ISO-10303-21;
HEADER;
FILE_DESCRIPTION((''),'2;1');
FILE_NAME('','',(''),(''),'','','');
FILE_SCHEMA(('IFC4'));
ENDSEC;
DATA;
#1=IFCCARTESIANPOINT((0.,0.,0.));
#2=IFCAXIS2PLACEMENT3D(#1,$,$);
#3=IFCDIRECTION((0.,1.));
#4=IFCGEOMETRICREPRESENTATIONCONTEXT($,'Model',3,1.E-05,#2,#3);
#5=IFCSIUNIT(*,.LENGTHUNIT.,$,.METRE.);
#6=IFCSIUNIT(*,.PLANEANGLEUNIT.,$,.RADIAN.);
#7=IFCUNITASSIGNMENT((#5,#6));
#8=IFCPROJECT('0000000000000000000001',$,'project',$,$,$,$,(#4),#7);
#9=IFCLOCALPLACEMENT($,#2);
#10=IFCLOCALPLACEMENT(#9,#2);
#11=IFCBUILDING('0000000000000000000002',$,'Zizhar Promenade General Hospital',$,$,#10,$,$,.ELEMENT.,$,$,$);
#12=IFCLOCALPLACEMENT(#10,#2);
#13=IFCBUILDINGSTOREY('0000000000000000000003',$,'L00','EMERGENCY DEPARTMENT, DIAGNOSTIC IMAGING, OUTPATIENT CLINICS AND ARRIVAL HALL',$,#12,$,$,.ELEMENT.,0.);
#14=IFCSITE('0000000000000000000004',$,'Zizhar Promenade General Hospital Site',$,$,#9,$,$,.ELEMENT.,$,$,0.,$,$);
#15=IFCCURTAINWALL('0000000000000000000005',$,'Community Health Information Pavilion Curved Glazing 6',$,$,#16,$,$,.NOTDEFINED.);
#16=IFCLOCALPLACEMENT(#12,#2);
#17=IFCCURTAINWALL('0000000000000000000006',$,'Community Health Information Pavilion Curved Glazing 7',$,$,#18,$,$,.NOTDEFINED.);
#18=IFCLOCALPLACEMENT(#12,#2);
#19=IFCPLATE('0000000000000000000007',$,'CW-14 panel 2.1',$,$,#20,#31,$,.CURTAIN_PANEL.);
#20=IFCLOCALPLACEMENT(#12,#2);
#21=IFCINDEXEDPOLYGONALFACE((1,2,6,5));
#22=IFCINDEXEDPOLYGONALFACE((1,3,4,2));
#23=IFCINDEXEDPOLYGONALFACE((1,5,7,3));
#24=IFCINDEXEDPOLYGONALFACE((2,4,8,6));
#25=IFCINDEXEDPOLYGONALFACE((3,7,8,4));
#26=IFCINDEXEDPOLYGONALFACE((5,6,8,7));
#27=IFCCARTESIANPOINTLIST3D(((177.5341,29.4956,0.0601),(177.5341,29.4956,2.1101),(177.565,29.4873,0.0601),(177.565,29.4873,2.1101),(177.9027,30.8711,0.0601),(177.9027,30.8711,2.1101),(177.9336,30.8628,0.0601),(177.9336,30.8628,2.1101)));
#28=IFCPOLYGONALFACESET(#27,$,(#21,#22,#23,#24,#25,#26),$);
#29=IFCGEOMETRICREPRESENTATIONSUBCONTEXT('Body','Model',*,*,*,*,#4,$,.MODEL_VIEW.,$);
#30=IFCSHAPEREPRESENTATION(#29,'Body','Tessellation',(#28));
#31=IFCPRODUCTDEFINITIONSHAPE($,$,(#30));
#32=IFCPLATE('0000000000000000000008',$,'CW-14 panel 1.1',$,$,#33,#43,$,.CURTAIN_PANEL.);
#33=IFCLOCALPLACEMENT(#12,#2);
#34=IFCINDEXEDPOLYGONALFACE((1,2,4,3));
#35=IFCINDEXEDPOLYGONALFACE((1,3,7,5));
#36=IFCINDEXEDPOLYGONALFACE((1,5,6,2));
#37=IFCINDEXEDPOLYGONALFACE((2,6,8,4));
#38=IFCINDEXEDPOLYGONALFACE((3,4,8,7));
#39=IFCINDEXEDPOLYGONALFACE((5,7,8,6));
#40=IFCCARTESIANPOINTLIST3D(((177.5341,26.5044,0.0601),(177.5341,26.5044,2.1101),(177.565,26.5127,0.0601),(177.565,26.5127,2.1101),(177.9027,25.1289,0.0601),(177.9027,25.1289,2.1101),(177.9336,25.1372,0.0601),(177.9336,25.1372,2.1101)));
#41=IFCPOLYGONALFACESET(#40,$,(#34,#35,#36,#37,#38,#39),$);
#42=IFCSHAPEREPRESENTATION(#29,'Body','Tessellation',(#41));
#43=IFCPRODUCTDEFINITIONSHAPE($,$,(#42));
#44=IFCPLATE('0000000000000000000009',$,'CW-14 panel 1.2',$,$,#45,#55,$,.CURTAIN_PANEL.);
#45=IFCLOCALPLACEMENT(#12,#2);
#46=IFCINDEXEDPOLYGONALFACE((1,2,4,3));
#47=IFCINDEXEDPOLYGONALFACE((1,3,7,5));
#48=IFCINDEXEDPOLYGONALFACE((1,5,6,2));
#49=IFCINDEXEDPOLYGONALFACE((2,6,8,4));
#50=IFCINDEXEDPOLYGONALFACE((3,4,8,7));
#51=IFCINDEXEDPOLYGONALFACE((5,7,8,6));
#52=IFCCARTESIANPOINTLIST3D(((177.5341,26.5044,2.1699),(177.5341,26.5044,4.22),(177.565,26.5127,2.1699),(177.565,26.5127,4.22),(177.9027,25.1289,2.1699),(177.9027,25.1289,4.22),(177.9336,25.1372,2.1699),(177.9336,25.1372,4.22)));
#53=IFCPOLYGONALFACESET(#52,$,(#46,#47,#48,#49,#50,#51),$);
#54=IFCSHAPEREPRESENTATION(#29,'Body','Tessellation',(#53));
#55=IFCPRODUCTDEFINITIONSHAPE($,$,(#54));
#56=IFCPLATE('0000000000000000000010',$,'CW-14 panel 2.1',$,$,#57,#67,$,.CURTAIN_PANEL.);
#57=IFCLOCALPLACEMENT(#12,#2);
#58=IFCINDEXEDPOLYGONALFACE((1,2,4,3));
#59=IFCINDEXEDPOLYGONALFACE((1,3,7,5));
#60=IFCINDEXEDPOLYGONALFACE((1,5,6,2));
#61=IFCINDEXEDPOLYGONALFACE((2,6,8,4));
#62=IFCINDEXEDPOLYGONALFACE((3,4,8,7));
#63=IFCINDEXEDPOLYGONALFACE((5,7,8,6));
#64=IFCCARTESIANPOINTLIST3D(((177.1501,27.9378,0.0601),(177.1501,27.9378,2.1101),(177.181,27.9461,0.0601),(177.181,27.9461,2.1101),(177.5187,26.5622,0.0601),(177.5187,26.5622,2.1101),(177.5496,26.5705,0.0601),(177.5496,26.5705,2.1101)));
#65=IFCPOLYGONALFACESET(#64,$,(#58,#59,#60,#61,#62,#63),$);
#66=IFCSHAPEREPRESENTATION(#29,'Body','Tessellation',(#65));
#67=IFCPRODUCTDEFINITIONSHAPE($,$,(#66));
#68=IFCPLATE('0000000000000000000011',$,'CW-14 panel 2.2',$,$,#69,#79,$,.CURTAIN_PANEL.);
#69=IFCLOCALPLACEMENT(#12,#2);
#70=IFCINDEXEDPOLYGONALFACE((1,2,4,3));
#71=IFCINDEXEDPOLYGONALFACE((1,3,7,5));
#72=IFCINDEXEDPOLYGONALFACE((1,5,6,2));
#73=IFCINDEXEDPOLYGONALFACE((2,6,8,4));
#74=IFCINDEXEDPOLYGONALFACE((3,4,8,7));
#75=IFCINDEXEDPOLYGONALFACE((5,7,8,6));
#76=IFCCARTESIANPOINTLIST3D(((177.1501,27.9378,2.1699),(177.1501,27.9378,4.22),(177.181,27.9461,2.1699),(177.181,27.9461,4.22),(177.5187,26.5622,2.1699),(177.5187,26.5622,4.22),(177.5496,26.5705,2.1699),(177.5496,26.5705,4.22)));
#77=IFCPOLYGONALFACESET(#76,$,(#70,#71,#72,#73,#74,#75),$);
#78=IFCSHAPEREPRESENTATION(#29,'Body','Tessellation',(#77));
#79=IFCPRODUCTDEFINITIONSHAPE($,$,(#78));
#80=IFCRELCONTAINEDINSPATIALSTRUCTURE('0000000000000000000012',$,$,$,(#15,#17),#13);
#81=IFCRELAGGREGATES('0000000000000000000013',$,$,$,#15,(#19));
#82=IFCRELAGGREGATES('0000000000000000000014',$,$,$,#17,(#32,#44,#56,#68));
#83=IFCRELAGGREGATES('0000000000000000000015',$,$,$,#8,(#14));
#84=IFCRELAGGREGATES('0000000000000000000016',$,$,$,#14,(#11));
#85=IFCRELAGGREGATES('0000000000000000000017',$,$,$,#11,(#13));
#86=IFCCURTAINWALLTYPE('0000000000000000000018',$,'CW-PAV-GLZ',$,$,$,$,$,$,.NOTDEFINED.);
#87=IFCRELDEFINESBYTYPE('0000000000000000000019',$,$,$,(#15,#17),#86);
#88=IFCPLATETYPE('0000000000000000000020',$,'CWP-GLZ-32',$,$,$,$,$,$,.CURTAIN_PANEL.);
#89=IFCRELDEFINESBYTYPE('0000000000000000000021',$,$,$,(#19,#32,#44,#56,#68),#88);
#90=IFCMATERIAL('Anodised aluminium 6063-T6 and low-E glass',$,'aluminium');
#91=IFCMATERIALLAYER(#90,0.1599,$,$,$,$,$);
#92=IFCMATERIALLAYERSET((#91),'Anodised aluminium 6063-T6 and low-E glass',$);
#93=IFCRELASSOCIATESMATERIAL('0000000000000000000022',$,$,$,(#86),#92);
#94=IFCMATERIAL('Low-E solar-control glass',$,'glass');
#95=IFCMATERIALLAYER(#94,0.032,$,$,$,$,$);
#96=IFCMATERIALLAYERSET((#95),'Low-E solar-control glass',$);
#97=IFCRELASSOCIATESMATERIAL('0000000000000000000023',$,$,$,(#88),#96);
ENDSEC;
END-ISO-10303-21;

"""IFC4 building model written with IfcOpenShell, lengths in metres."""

from ifc_helpers import new_model, si_unit, direction, frame, origin, origin_2d, place, context, subcontext, project, spatial, rectangle, extrude, material, layer, layer_set, type_object, element, aggregate, save


model = new_model("IFC4")

# Units and contexts
model_context = context("Model", 3, precision=1e-05, world=origin(), true_north=direction((0.0, 1.0)))
body_context = subcontext(model_context, "Body", "Model", "MODEL_VIEW")
ifc_project = project(units=[si_unit("LENGTHUNIT", "METRE"), si_unit("PLANEANGLEUNIT", "RADIAN")], contexts=[model_context])

# Site, building, storey
site_placement = place(None, origin())
site = spatial("IfcSite", under=ifc_project, at=site_placement, Name="Zizhar Promenade General Hospital Site", CompositionType="ELEMENT", RefElevation=0.0)
building_placement = place(site_placement, origin())
building = spatial("IfcBuilding", under=site, at=building_placement, Name="Zizhar Promenade General Hospital", CompositionType="ELEMENT")
storey_placement = place(building_placement, origin())
storey = spatial("IfcBuildingStorey", under=building, at=storey_placement, Name="L00", Description="EMERGENCY DEPARTMENT, DIAGNOSTIC IMAGING, OUTPATIENT CLINICS AND ARRIVAL HALL", CompositionType="ELEMENT", Elevation=0.0)

# Curtain wall
ifc_material_1 = material(Name="Anodised aluminium 6063-T6 and low-E glass", Category="aluminium")
ifc_layer_1 = layer(ifc_material_1, 0.1599)
ifc_layer_set_1 = layer_set([ifc_layer_1], Name="Anodised aluminium 6063-T6 and low-E glass")
curtain_wall_type = type_object("IfcCurtainWallType", Name="CW-PAV-GLZ", PredefinedType="NOTDEFINED", material=ifc_layer_set_1)
curtain_wall_1_placement = place(storey_placement, origin())
curtain_wall_1 = element("IfcCurtainWall", 1, at=curtain_wall_1_placement, inside=storey, type_object=curtain_wall_type, Name="Community Health Information Pavilion Curved Glazing 6", PredefinedType="NOTDEFINED")

# Curtain wall
curtain_wall_2_placement = place(storey_placement, origin())
curtain_wall_2 = element("IfcCurtainWall", 2, at=curtain_wall_2_placement, inside=storey, type_object=curtain_wall_type, Name="Community Health Information Pavilion Curved Glazing 7", PredefinedType="NOTDEFINED")

# Plates
ifc_material_2 = material(Name="Low-E solar-control glass", Category="glass")
ifc_layer_2 = layer(ifc_material_2, 0.032)
ifc_layer_set_2 = layer_set([ifc_layer_2], Name="Low-E solar-control glass")
plate_type = type_object("IfcPlateType", Name="CWP-GLZ-32", PredefinedType="CURTAIN_PANEL", material=ifc_layer_set_2)
plate_1_placement = place(storey_placement, frame((177.7339, 30.1792, 0.0601), z_axis=(0.0, 0.0, 1.0), x_axis=(0.258834, 0.965922, 0.0)))
plate_1 = element("IfcPlate", 3, at=plate_1_placement, type_object=plate_type, Name="CW-14 panel 2.1", PredefinedType="CURTAIN_PANEL", context=body_context, shape_type="SweptSolid", body=[
    extrude(rectangle(XDim=1.4241, YDim=0.032, at=origin_2d()), origin(), (0.0, 0.0, 1.0), 2.05),
])
aggregate(curtain_wall_1, [plate_1])
plate_2_placement = place(storey_placement, frame((177.7339, 25.8208, 0.0601), z_axis=(0.0, 0.0, 1.0), x_axis=(-0.258834, 0.965922, 0.0)))
plate_2 = element("IfcPlate", 4, at=plate_2_placement, type_object=plate_type, Name="CW-14 panel 1.1", PredefinedType="CURTAIN_PANEL", context=body_context, shape_type="SweptSolid", body=[
    extrude(rectangle(XDim=1.4241, YDim=0.032, at=origin_2d()), origin(), (0.0, 0.0, 1.0), 2.05),
])
plate_3_placement = place(storey_placement, frame((177.7339, 25.8208, 2.1699), z_axis=(0.0, 0.0, 1.0), x_axis=(-0.258834, 0.965922, 0.0)))
plate_3 = element("IfcPlate", 5, at=plate_3_placement, type_object=plate_type, Name="CW-14 panel 1.2", PredefinedType="CURTAIN_PANEL", context=body_context, shape_type="SweptSolid", body=[
    extrude(rectangle(XDim=1.4241, YDim=0.032, at=origin_2d()), origin(), (0.0, 0.0, 1.0), 2.05),
])
plate_4_placement = place(storey_placement, frame((177.3499, 27.2542, 0.0601), z_axis=(0.0, 0.0, 1.0), x_axis=(-0.258834, 0.965922, 0.0)))
plate_4 = element("IfcPlate", 6, at=plate_4_placement, type_object=plate_type, Name="CW-14 panel 2.1", PredefinedType="CURTAIN_PANEL", context=body_context, shape_type="SweptSolid", body=[
    extrude(rectangle(XDim=1.4241, YDim=0.032, at=origin_2d()), origin(), (0.0, 0.0, 1.0), 2.05),
])
plate_5_placement = place(storey_placement, frame((177.3499, 27.2542, 2.1699), z_axis=(0.0, 0.0, 1.0), x_axis=(-0.258834, 0.965922, 0.0)))
plate_5 = element("IfcPlate", 7, at=plate_5_placement, type_object=plate_type, Name="CW-14 panel 2.2", PredefinedType="CURTAIN_PANEL", context=body_context, shape_type="SweptSolid", body=[
    extrude(rectangle(XDim=1.4241, YDim=0.032, at=origin_2d()), origin(), (0.0, 0.0, 1.0), 2.05),
])
aggregate(curtain_wall_2, [plate_2, plate_3, plate_4, plate_5])

save(model, "model.ifc")
